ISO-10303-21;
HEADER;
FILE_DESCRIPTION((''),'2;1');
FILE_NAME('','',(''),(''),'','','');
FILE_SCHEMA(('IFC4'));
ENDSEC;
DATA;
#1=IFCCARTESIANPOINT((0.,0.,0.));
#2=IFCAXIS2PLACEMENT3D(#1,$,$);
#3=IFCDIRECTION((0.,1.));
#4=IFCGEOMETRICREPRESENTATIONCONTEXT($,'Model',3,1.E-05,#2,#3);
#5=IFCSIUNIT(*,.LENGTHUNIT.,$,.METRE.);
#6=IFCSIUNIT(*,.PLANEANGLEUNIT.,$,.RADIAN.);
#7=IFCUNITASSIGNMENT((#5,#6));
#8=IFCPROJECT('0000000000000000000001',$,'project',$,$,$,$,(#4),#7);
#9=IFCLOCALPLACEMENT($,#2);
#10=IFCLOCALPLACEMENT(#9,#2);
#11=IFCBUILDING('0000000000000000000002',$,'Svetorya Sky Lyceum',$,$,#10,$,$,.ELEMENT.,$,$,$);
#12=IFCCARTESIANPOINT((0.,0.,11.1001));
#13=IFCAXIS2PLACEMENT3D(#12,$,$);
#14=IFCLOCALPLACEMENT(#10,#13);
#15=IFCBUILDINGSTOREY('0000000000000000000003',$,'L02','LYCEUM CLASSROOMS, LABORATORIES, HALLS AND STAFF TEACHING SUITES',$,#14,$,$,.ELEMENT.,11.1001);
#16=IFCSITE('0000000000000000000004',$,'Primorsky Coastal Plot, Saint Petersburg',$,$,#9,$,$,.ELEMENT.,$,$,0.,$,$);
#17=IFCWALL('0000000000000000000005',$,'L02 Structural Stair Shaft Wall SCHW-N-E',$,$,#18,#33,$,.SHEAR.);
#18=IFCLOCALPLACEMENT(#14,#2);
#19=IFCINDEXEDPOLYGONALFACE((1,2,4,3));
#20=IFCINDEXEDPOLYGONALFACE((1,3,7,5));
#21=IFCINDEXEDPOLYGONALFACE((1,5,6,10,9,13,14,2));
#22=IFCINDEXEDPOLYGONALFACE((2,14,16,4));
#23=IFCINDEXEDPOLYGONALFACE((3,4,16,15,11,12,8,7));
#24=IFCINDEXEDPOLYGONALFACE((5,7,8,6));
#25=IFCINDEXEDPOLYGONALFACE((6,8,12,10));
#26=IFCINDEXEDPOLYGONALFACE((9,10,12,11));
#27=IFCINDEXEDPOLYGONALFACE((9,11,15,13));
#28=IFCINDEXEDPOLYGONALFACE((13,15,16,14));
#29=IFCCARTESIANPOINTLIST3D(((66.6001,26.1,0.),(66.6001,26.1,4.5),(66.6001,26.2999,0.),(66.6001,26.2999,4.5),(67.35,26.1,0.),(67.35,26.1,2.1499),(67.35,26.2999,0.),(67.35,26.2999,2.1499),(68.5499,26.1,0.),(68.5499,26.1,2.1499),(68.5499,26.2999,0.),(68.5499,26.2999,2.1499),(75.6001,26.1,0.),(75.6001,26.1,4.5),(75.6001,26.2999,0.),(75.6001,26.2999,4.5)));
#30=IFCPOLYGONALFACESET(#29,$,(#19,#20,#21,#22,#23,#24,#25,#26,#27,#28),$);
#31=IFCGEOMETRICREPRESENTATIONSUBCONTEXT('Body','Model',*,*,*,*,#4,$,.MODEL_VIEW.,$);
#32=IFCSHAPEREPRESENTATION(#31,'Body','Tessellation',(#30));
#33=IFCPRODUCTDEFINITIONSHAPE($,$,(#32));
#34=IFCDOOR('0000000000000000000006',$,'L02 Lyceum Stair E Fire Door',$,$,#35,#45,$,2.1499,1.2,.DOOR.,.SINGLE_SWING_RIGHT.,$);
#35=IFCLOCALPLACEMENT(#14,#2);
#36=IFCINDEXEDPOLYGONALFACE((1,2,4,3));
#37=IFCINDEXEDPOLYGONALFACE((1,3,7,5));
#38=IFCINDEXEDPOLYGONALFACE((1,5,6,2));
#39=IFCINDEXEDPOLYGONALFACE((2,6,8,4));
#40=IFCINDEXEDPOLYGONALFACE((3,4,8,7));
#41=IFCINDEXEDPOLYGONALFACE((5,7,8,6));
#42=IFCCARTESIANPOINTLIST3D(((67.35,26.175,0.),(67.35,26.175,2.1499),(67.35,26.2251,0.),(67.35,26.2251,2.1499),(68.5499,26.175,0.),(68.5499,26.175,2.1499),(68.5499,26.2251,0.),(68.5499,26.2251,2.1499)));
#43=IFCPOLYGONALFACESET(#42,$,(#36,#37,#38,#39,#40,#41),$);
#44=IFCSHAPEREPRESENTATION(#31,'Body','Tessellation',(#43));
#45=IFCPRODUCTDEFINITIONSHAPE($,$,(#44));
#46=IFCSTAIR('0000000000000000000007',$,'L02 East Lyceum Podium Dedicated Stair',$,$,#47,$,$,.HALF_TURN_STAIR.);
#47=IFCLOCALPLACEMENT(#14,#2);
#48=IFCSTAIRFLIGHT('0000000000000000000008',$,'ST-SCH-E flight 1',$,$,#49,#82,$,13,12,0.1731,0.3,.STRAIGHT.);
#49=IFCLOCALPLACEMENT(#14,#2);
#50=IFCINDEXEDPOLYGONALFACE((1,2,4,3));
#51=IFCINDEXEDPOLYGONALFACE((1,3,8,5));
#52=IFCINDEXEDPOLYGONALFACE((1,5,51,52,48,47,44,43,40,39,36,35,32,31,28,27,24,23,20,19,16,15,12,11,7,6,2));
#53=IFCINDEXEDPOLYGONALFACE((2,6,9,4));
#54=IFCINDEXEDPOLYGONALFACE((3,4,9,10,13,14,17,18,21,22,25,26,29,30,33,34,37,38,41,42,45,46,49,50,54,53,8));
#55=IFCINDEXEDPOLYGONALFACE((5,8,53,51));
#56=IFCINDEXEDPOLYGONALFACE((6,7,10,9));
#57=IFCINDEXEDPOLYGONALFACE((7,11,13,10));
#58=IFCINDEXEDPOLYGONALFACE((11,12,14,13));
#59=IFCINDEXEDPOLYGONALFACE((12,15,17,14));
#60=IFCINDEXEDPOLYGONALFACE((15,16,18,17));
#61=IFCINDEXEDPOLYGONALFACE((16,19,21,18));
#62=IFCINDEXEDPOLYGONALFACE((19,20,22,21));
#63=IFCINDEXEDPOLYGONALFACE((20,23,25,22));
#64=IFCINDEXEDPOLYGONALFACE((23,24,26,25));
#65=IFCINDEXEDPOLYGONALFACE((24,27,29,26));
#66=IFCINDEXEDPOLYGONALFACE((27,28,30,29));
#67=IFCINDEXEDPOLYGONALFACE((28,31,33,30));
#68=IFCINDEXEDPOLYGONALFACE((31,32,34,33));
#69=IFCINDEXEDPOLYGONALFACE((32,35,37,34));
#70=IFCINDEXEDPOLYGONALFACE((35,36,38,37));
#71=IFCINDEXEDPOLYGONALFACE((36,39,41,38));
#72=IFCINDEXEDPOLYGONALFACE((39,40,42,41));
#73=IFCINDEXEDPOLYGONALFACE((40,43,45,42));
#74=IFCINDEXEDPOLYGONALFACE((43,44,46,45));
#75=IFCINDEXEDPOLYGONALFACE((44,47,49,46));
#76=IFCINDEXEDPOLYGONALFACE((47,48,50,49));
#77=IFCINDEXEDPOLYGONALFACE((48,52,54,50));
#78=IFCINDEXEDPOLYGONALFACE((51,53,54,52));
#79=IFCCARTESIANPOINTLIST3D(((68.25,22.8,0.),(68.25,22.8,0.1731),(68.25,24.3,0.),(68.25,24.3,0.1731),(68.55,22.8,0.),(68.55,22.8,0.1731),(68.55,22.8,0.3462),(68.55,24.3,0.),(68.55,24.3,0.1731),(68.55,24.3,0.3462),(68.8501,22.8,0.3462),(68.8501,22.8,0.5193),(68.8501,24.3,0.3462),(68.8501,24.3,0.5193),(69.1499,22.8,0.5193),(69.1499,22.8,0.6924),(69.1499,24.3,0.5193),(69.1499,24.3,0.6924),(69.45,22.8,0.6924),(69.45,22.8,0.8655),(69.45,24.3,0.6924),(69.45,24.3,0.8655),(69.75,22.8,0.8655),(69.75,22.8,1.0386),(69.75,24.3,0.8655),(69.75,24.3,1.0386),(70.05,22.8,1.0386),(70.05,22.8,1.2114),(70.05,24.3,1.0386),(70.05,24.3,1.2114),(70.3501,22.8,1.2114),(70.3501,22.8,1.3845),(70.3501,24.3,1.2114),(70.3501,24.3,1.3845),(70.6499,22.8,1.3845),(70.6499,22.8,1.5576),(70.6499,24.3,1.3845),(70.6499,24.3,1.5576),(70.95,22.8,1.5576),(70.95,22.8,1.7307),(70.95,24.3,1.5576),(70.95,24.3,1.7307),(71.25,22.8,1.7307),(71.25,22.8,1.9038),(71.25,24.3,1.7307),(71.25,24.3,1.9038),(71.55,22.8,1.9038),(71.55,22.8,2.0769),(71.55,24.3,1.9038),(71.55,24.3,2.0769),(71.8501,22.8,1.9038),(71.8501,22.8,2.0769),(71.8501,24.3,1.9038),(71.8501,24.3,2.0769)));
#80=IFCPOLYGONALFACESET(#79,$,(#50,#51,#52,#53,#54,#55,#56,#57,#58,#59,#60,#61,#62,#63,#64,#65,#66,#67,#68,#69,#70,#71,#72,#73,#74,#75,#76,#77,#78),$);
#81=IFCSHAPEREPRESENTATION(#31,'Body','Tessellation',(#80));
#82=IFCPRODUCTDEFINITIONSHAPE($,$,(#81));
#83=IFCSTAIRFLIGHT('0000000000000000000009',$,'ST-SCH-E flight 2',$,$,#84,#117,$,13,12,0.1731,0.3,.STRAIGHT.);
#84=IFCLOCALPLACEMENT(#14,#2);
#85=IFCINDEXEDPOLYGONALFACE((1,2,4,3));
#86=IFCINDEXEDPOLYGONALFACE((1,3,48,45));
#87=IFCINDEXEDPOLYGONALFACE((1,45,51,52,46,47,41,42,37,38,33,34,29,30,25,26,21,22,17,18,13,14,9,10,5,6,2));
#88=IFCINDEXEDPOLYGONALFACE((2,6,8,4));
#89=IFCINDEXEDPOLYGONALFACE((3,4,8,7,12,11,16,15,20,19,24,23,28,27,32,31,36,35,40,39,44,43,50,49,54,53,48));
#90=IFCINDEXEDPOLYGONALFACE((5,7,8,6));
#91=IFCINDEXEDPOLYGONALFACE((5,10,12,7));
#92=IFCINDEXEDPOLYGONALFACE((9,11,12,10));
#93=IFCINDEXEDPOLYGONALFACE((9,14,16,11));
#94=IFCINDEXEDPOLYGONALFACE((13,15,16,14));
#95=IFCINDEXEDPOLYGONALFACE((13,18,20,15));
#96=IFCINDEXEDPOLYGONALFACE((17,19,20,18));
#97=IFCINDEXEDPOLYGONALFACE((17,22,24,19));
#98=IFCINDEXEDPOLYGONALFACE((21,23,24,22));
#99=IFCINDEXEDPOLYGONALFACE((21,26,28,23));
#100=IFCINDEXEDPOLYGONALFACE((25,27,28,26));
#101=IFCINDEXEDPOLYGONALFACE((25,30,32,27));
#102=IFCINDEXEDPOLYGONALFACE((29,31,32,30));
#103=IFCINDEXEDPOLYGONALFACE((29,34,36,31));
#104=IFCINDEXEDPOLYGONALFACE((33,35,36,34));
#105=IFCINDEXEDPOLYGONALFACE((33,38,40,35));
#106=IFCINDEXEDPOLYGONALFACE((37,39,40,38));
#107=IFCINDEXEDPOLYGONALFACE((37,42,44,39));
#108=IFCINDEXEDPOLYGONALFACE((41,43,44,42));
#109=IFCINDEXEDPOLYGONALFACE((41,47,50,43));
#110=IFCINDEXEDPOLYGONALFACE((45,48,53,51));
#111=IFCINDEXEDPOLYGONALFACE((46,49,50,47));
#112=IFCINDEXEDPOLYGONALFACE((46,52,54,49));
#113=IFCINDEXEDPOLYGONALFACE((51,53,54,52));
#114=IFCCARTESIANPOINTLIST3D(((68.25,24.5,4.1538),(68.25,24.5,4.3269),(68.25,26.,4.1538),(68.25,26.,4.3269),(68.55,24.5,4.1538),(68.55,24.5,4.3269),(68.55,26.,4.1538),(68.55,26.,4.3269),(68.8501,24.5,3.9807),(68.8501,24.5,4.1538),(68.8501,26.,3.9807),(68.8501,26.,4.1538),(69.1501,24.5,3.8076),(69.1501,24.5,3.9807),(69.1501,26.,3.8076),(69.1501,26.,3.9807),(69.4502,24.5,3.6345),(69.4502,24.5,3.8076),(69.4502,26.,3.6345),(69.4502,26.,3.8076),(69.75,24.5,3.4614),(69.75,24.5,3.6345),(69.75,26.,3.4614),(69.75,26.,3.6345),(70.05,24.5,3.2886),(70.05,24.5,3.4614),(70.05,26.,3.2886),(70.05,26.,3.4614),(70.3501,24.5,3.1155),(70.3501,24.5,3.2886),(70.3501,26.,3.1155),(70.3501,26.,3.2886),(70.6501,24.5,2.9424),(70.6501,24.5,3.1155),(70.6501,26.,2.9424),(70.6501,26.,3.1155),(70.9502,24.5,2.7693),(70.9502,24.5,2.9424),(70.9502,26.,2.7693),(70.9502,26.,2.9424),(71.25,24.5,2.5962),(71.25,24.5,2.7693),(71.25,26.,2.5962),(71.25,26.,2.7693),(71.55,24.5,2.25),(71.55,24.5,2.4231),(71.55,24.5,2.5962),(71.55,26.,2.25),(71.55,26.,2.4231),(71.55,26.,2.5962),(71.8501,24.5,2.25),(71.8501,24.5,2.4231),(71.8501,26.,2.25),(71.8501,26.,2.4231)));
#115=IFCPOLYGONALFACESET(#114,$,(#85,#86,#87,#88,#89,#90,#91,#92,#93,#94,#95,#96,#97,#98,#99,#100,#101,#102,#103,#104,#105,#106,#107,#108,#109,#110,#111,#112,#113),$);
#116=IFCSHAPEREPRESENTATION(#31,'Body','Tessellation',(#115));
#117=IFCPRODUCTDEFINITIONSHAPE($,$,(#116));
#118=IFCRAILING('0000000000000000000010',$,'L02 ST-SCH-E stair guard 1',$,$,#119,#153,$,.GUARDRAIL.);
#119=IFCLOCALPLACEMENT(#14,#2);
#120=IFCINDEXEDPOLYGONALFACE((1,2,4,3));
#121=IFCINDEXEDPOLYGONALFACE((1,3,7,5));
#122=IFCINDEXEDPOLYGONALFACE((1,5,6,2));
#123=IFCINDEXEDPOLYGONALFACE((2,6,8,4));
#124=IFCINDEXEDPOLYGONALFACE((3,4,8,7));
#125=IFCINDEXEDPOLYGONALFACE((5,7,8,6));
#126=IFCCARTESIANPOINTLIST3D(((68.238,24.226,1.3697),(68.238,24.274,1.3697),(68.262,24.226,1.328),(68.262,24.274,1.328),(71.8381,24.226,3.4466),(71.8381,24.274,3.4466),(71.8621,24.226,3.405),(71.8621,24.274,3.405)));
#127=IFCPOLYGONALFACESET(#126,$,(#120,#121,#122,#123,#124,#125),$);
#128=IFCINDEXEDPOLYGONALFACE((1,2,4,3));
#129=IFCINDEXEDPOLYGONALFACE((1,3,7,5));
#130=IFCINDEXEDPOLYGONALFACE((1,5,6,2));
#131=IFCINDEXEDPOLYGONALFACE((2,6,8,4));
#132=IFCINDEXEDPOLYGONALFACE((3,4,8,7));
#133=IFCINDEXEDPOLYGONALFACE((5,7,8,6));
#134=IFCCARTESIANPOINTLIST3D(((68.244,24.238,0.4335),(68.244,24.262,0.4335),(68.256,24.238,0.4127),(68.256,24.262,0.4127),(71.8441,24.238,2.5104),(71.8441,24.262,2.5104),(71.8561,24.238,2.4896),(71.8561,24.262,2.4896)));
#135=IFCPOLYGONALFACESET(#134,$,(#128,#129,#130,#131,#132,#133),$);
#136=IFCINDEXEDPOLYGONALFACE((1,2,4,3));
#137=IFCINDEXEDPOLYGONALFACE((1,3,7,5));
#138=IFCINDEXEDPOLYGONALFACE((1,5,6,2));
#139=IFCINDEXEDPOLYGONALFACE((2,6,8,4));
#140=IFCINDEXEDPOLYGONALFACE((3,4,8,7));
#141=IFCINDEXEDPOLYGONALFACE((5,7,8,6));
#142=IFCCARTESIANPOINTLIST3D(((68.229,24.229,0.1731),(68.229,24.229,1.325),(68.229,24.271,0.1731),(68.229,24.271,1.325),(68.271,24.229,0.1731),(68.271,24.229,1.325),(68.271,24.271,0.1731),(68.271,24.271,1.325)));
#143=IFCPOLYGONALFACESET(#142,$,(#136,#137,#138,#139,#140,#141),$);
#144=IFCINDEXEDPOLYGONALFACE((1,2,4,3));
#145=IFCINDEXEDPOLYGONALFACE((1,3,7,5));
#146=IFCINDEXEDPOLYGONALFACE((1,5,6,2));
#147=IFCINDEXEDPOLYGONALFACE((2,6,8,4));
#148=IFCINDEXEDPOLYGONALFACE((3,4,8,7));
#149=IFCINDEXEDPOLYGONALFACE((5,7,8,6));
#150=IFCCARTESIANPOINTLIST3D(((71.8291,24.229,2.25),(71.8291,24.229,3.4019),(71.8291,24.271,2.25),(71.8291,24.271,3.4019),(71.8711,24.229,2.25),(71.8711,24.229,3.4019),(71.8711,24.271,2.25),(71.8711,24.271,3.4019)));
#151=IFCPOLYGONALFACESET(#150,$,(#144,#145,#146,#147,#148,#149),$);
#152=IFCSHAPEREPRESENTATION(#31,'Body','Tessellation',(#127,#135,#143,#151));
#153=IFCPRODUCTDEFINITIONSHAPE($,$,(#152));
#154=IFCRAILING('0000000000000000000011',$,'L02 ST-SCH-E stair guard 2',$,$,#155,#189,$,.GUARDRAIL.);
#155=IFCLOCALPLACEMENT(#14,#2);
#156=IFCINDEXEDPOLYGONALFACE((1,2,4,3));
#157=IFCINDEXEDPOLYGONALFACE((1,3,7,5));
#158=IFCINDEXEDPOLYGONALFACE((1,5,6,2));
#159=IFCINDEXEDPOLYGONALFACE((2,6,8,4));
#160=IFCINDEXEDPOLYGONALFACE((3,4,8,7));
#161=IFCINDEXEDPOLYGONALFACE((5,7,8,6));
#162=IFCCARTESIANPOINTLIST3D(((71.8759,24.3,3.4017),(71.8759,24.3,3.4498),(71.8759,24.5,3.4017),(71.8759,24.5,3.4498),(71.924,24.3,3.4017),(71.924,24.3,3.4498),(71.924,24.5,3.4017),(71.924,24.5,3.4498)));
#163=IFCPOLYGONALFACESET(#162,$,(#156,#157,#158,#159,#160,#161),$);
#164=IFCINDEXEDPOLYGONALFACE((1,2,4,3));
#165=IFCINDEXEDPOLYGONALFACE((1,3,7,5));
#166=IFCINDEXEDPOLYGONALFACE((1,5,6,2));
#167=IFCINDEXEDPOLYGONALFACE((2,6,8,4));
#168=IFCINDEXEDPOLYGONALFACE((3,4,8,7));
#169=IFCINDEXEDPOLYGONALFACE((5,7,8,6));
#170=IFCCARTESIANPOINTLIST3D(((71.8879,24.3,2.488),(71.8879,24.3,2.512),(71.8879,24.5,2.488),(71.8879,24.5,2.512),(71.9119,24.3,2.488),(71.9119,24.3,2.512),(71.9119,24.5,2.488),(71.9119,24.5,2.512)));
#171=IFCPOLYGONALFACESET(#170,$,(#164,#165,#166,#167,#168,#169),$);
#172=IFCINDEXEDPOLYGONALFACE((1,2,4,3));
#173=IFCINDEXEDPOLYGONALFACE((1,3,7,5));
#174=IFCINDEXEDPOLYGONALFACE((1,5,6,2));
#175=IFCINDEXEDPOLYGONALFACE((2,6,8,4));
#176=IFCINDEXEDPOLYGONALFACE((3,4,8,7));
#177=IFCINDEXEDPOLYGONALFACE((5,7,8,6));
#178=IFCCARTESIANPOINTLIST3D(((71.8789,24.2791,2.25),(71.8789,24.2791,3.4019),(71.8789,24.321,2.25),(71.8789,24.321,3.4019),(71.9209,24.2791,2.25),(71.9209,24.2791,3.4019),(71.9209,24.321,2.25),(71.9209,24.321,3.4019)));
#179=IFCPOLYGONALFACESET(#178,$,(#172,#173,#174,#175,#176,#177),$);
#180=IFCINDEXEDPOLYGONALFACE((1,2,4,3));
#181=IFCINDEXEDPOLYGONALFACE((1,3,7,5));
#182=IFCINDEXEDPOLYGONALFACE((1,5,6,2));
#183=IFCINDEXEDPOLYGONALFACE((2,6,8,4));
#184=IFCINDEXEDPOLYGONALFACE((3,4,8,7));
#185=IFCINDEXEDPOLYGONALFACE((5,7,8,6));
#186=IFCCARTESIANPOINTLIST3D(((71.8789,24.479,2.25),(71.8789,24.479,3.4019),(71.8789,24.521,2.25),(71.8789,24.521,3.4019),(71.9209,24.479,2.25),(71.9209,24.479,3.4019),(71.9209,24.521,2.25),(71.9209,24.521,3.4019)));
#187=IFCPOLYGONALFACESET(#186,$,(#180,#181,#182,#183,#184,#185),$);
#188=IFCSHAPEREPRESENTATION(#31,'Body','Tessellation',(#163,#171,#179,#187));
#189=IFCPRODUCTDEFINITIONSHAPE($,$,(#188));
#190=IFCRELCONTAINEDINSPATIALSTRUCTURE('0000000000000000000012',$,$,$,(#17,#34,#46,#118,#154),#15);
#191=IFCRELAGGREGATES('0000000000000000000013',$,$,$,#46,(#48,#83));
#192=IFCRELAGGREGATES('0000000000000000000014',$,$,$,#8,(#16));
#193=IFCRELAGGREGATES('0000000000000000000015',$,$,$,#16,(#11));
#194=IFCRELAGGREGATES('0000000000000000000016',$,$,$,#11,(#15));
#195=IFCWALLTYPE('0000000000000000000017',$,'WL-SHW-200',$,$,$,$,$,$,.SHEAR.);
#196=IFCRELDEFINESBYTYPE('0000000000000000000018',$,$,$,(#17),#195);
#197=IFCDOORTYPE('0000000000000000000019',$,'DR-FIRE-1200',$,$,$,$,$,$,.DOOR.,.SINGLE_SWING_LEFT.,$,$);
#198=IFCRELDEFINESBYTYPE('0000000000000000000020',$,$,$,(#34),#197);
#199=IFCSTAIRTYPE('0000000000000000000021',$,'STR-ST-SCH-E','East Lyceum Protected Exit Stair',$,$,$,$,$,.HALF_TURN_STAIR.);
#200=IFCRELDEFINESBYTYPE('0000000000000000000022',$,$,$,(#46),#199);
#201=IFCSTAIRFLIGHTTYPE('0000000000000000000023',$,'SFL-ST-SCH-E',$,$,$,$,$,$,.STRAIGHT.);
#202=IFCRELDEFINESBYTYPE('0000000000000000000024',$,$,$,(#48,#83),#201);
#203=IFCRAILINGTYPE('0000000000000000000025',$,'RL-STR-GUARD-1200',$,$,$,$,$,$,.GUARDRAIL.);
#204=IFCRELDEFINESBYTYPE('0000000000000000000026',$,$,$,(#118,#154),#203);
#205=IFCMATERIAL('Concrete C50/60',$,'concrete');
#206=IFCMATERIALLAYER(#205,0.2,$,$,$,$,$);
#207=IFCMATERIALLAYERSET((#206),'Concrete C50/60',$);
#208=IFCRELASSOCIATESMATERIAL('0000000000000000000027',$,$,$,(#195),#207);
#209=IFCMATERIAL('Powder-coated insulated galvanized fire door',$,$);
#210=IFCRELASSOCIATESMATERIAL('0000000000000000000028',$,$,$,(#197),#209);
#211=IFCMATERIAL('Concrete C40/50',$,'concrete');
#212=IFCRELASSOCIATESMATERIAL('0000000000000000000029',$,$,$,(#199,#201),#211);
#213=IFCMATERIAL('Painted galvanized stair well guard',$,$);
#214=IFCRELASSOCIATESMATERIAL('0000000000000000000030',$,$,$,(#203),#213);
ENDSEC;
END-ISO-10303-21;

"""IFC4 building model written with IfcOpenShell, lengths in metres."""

from ifc_helpers import new_model, si_unit, direction, frame, frame_2d, origin, origin_2d, place, context, subcontext, project, spatial, polyline, rectangle, outline, extrude, material, layer, layer_set, type_object, element, fill, aggregate, save


model = new_model("IFC4")

# Units and contexts
model_context = context("Model", 3, precision=1e-05, world=origin(), true_north=direction((0.0, 1.0)))
body_context = subcontext(model_context, "Body", "Model", "MODEL_VIEW")
ifc_project = project(units=[si_unit("LENGTHUNIT", "METRE"), si_unit("PLANEANGLEUNIT", "RADIAN")], contexts=[model_context])

# Site, building, storey
site_placement = place(None, origin())
site = spatial("IfcSite", under=ifc_project, at=site_placement, Name="Primorsky Coastal Plot, Saint Petersburg", CompositionType="ELEMENT", RefElevation=0.0)
building_placement = place(site_placement, origin())
building = spatial("IfcBuilding", under=site, at=building_placement, Name="Svetorya Sky Lyceum", CompositionType="ELEMENT")
storey_placement = place(building_placement, frame((0.0, 0.0, 11.1001)))
storey = spatial("IfcBuildingStorey", under=building, at=storey_placement, Name="L02", Description="LYCEUM CLASSROOMS, LABORATORIES, HALLS AND STAFF TEACHING SUITES", CompositionType="ELEMENT", Elevation=11.1001)

# Shared definitions
ifc_material_1 = material(Name="Concrete C50/60", Category="concrete")

# Shared definitions
ifc_layer_1 = layer(ifc_material_1, 0.2)
ifc_layer_set_1 = layer_set([ifc_layer_1], Name="Concrete C50/60")
wall_type_1 = type_object("IfcWallType", Name="WL-SHW-200", PredefinedType="SHEAR", material=ifc_layer_set_1)

# Wall, opening, door
wall_1_placement = place(storey_placement, frame((75.6001, 26.2, 0.0), z_axis=(0.0, 0.0, 1.0), x_axis=(-1.0, 0.0, 0.0)))
wall_1 = element("IfcWall", 1, at=wall_1_placement, inside=storey, type_object=wall_type_1, Name="L02 Structural Stair Shaft Wall SCHW-N-E", PredefinedType="SHEAR", context=body_context, shape_type="SweptSolid", body=[
    extrude(rectangle(XDim=9.0, YDim=0.2, at=frame_2d((4.5, 0.0))), origin(), (0.0, 0.0, 1.0), 4.5),
])
opening_1_placement = place(wall_1_placement, frame((7.05, 0.0, 0.0)))
opening_1 = element("IfcOpeningElement", 2, at=opening_1_placement, cuts=wall_1, PredefinedType="OPENING", context=body_context, shape_type="SweptSolid", body=[
    extrude(rectangle(XDim=1.2, YDim=2.1499, at=frame_2d((0.6001, 1.075))), frame((0.0, 0.1099, 0.0), z_axis=(0.0, -1.0, 0.0), x_axis=(1.0, 0.0, 0.0)), (0.0, 0.0, 1.0), 0.22),
])
ifc_material_2 = material(Name="Powder-coated insulated galvanized fire door")
door_type_1 = type_object("IfcDoorType", Name="DR-FIRE-1200", OperationType="SINGLE_SWING_LEFT", PredefinedType="DOOR", material=ifc_material_2)
door_1_placement = place(opening_1_placement, origin())
door_1 = element("IfcDoor", 3, at=door_1_placement, inside=storey, type_object=door_type_1, Name="L02 Lyceum Stair E Fire Door", OperationType="SINGLE_SWING_RIGHT", OverallHeight=2.1499, OverallWidth=1.2, PredefinedType="DOOR", context=body_context, shape_type="SweptSolid", body=[
    extrude(rectangle(XDim=1.2, YDim=2.1499, at=frame_2d((0.6001, 1.075))), frame((0.0, 0.0249, 0.0), z_axis=(0.0, -1.0, 0.0), x_axis=(1.0, 0.0, 0.0)), (0.0, 0.0, 1.0), 0.05),
])
fill(opening_1, door_1)

# Stair, stair flights
ifc_material_3 = material(Name="Concrete C40/50", Category="concrete")
stair_type = type_object("IfcStairType", Name="STR-ST-SCH-E", Description="East Lyceum Protected Exit Stair", PredefinedType="HALF_TURN_STAIR", material=ifc_material_3)
stair_placement = place(storey_placement, origin())
stair = element("IfcStair", 4, at=stair_placement, inside=storey, type_object=stair_type, Name="L02 East Lyceum Podium Dedicated Stair", PredefinedType="HALF_TURN_STAIR")
stair_flight_type = type_object("IfcStairFlightType", Name="SFL-ST-SCH-E", PredefinedType="STRAIGHT", material=ifc_material_3)
stair_flight_1_placement = place(storey_placement, frame((68.25, 23.55, 0.0), z_axis=(0.0, 0.0, 1.0), x_axis=(1.0, 0.0, 0.0)))
stair_flight_1 = element("IfcStairFlight", 5, at=stair_flight_1_placement, type_object=stair_flight_type, Name="ST-SCH-E flight 1", NumberOfRisers=13, NumberOfTreads=12, PredefinedType="STRAIGHT", RiserHeight=0.1731, TreadLength=0.3, context=body_context, shape_type="SweptSolid", body=[
    extrude(outline(polyline([(0.0, 0.0), (0.0, 0.1731), (0.3, 0.1731), (0.3, 0.3462), (0.6001, 0.3462), (0.6001, 0.5193), (0.8999, 0.5193), (0.8999, 0.6924), (1.2, 0.6924), (1.2, 0.8655), (1.5, 0.8655), (1.5, 1.0386), (1.8, 1.0386), (1.8, 1.2114), (2.1001, 1.2114), (2.1001, 1.3845), (2.3999, 1.3845), (2.3999, 1.5576), (2.7, 1.5576), (2.7, 1.7307), (3.0, 1.7307), (3.0, 1.9038), (3.3, 1.9038), (3.3, 2.0769), (3.6001, 2.0769), (3.6001, 2.25), (3.6001, 1.9038), (0.3, 0.0), (0.0, 0.0)])), frame((0.0, 0.75, 0.0), z_axis=(0.0, -1.0, 0.0), x_axis=(1.0, 0.0, 0.0)), (0.0, 0.0, 1.0), 1.5),
])
stair_flight_2_placement = place(storey_placement, frame((71.8501, 25.25, 2.25), z_axis=(0.0, 0.0, 1.0), x_axis=(-1.0, 0.0, 0.0)))
stair_flight_2 = element("IfcStairFlight", 6, at=stair_flight_2_placement, type_object=stair_flight_type, Name="ST-SCH-E flight 2", NumberOfRisers=13, NumberOfTreads=12, PredefinedType="STRAIGHT", RiserHeight=0.1731, TreadLength=0.3, context=body_context, shape_type="SweptSolid", body=[
    extrude(outline(polyline([(0.0, 0.0), (0.0, 0.1731), (0.3, 0.1731), (0.3, 0.3462), (0.6001, 0.3462), (0.6001, 0.5193), (0.8999, 0.5193), (0.8999, 0.6924), (1.2, 0.6924), (1.2, 0.8655), (1.5, 0.8655), (1.5, 1.0386), (1.8, 1.0386), (1.8, 1.2114), (2.1001, 1.2114), (2.1001, 1.3845), (2.3999, 1.3845), (2.3999, 1.5576), (2.7, 1.5576), (2.7, 1.7307), (3.0, 1.7307), (3.0, 1.9038), (3.3, 1.9038), (3.3, 2.0769), (3.6001, 2.0769), (3.6001, 2.25), (3.6001, 1.9038), (0.3, 0.0), (0.0, 0.0)])), frame((0.0, 0.75, 0.0), z_axis=(0.0, -1.0, 0.0), x_axis=(1.0, 0.0, 0.0)), (0.0, 0.0, 1.0), 1.5),
])
aggregate(stair, [stair_flight_1, stair_flight_2])

# Railings
ifc_material_4 = material(Name="Painted galvanized stair well guard")
railing_type_1 = type_object("IfcRailingType", Name="RL-STR-GUARD-1200", PredefinedType="GUARDRAIL", material=ifc_material_4)
railing_1_placement = place(storey_placement, frame((68.25, 24.25, 0.1731)))
element("IfcRailing", 7, at=railing_1_placement, inside=storey, type_object=railing_type_1, Name="L02 ST-SCH-E stair guard 1", PredefinedType="GUARDRAIL", context=body_context, shape_type="SweptSolid", body=[
    extrude(rectangle(XDim=0.0481, YDim=0.0481, at=origin_2d()), frame((0.0, 0.0, 1.1758), z_axis=(0.866193, 0.0, 0.499709), x_axis=(0.0, 1.0, 0.0)), (0.0, 0.0, 1.0), 4.1562),
    extrude(rectangle(XDim=0.0239, YDim=0.0239, at=origin_2d()), frame((0.0, 0.0, 0.25), z_axis=(0.866193, 0.0, 0.499709), x_axis=(0.0, 1.0, 0.0)), (0.0, 0.0, 1.0), 4.1562),
    extrude(rectangle(XDim=0.042, YDim=0.042, at=origin_2d()), origin(), (0.0, 0.0, 1.0), 1.1519),
    extrude(rectangle(XDim=0.042, YDim=0.042, at=origin_2d()), frame((3.6001, 0.0, 2.0769)), (0.0, 0.0, 1.0), 1.1519),
])
railing_2_placement = place(storey_placement, frame((71.8999, 24.3, 2.25)))
element("IfcRailing", 8, at=railing_2_placement, inside=storey, type_object=railing_type_1, Name="L02 ST-SCH-E stair guard 2", PredefinedType="GUARDRAIL", context=body_context, shape_type="SweptSolid", body=[
    extrude(rectangle(XDim=0.0481, YDim=0.0481, at=origin_2d()), frame((0.0, 0.0, 1.1758), z_axis=(0.0, 1.0, 0.0), x_axis=(-1.0, 0.0, 0.0)), (0.0, 0.0, 1.0), 0.2),
    extrude(rectangle(XDim=0.0239, YDim=0.0239, at=origin_2d()), frame((0.0, 0.0, 0.25), z_axis=(0.0, 1.0, 0.0), x_axis=(-1.0, 0.0, 0.0)), (0.0, 0.0, 1.0), 0.2),
    extrude(rectangle(XDim=0.042, YDim=0.042, at=origin_2d()), origin(), (0.0, 0.0, 1.0), 1.1519),
    extrude(rectangle(XDim=0.042, YDim=0.042, at=origin_2d()), frame((0.0, 0.2, 0.0)), (0.0, 0.0, 1.0), 1.1519),
])

save(model, "model.ifc")
